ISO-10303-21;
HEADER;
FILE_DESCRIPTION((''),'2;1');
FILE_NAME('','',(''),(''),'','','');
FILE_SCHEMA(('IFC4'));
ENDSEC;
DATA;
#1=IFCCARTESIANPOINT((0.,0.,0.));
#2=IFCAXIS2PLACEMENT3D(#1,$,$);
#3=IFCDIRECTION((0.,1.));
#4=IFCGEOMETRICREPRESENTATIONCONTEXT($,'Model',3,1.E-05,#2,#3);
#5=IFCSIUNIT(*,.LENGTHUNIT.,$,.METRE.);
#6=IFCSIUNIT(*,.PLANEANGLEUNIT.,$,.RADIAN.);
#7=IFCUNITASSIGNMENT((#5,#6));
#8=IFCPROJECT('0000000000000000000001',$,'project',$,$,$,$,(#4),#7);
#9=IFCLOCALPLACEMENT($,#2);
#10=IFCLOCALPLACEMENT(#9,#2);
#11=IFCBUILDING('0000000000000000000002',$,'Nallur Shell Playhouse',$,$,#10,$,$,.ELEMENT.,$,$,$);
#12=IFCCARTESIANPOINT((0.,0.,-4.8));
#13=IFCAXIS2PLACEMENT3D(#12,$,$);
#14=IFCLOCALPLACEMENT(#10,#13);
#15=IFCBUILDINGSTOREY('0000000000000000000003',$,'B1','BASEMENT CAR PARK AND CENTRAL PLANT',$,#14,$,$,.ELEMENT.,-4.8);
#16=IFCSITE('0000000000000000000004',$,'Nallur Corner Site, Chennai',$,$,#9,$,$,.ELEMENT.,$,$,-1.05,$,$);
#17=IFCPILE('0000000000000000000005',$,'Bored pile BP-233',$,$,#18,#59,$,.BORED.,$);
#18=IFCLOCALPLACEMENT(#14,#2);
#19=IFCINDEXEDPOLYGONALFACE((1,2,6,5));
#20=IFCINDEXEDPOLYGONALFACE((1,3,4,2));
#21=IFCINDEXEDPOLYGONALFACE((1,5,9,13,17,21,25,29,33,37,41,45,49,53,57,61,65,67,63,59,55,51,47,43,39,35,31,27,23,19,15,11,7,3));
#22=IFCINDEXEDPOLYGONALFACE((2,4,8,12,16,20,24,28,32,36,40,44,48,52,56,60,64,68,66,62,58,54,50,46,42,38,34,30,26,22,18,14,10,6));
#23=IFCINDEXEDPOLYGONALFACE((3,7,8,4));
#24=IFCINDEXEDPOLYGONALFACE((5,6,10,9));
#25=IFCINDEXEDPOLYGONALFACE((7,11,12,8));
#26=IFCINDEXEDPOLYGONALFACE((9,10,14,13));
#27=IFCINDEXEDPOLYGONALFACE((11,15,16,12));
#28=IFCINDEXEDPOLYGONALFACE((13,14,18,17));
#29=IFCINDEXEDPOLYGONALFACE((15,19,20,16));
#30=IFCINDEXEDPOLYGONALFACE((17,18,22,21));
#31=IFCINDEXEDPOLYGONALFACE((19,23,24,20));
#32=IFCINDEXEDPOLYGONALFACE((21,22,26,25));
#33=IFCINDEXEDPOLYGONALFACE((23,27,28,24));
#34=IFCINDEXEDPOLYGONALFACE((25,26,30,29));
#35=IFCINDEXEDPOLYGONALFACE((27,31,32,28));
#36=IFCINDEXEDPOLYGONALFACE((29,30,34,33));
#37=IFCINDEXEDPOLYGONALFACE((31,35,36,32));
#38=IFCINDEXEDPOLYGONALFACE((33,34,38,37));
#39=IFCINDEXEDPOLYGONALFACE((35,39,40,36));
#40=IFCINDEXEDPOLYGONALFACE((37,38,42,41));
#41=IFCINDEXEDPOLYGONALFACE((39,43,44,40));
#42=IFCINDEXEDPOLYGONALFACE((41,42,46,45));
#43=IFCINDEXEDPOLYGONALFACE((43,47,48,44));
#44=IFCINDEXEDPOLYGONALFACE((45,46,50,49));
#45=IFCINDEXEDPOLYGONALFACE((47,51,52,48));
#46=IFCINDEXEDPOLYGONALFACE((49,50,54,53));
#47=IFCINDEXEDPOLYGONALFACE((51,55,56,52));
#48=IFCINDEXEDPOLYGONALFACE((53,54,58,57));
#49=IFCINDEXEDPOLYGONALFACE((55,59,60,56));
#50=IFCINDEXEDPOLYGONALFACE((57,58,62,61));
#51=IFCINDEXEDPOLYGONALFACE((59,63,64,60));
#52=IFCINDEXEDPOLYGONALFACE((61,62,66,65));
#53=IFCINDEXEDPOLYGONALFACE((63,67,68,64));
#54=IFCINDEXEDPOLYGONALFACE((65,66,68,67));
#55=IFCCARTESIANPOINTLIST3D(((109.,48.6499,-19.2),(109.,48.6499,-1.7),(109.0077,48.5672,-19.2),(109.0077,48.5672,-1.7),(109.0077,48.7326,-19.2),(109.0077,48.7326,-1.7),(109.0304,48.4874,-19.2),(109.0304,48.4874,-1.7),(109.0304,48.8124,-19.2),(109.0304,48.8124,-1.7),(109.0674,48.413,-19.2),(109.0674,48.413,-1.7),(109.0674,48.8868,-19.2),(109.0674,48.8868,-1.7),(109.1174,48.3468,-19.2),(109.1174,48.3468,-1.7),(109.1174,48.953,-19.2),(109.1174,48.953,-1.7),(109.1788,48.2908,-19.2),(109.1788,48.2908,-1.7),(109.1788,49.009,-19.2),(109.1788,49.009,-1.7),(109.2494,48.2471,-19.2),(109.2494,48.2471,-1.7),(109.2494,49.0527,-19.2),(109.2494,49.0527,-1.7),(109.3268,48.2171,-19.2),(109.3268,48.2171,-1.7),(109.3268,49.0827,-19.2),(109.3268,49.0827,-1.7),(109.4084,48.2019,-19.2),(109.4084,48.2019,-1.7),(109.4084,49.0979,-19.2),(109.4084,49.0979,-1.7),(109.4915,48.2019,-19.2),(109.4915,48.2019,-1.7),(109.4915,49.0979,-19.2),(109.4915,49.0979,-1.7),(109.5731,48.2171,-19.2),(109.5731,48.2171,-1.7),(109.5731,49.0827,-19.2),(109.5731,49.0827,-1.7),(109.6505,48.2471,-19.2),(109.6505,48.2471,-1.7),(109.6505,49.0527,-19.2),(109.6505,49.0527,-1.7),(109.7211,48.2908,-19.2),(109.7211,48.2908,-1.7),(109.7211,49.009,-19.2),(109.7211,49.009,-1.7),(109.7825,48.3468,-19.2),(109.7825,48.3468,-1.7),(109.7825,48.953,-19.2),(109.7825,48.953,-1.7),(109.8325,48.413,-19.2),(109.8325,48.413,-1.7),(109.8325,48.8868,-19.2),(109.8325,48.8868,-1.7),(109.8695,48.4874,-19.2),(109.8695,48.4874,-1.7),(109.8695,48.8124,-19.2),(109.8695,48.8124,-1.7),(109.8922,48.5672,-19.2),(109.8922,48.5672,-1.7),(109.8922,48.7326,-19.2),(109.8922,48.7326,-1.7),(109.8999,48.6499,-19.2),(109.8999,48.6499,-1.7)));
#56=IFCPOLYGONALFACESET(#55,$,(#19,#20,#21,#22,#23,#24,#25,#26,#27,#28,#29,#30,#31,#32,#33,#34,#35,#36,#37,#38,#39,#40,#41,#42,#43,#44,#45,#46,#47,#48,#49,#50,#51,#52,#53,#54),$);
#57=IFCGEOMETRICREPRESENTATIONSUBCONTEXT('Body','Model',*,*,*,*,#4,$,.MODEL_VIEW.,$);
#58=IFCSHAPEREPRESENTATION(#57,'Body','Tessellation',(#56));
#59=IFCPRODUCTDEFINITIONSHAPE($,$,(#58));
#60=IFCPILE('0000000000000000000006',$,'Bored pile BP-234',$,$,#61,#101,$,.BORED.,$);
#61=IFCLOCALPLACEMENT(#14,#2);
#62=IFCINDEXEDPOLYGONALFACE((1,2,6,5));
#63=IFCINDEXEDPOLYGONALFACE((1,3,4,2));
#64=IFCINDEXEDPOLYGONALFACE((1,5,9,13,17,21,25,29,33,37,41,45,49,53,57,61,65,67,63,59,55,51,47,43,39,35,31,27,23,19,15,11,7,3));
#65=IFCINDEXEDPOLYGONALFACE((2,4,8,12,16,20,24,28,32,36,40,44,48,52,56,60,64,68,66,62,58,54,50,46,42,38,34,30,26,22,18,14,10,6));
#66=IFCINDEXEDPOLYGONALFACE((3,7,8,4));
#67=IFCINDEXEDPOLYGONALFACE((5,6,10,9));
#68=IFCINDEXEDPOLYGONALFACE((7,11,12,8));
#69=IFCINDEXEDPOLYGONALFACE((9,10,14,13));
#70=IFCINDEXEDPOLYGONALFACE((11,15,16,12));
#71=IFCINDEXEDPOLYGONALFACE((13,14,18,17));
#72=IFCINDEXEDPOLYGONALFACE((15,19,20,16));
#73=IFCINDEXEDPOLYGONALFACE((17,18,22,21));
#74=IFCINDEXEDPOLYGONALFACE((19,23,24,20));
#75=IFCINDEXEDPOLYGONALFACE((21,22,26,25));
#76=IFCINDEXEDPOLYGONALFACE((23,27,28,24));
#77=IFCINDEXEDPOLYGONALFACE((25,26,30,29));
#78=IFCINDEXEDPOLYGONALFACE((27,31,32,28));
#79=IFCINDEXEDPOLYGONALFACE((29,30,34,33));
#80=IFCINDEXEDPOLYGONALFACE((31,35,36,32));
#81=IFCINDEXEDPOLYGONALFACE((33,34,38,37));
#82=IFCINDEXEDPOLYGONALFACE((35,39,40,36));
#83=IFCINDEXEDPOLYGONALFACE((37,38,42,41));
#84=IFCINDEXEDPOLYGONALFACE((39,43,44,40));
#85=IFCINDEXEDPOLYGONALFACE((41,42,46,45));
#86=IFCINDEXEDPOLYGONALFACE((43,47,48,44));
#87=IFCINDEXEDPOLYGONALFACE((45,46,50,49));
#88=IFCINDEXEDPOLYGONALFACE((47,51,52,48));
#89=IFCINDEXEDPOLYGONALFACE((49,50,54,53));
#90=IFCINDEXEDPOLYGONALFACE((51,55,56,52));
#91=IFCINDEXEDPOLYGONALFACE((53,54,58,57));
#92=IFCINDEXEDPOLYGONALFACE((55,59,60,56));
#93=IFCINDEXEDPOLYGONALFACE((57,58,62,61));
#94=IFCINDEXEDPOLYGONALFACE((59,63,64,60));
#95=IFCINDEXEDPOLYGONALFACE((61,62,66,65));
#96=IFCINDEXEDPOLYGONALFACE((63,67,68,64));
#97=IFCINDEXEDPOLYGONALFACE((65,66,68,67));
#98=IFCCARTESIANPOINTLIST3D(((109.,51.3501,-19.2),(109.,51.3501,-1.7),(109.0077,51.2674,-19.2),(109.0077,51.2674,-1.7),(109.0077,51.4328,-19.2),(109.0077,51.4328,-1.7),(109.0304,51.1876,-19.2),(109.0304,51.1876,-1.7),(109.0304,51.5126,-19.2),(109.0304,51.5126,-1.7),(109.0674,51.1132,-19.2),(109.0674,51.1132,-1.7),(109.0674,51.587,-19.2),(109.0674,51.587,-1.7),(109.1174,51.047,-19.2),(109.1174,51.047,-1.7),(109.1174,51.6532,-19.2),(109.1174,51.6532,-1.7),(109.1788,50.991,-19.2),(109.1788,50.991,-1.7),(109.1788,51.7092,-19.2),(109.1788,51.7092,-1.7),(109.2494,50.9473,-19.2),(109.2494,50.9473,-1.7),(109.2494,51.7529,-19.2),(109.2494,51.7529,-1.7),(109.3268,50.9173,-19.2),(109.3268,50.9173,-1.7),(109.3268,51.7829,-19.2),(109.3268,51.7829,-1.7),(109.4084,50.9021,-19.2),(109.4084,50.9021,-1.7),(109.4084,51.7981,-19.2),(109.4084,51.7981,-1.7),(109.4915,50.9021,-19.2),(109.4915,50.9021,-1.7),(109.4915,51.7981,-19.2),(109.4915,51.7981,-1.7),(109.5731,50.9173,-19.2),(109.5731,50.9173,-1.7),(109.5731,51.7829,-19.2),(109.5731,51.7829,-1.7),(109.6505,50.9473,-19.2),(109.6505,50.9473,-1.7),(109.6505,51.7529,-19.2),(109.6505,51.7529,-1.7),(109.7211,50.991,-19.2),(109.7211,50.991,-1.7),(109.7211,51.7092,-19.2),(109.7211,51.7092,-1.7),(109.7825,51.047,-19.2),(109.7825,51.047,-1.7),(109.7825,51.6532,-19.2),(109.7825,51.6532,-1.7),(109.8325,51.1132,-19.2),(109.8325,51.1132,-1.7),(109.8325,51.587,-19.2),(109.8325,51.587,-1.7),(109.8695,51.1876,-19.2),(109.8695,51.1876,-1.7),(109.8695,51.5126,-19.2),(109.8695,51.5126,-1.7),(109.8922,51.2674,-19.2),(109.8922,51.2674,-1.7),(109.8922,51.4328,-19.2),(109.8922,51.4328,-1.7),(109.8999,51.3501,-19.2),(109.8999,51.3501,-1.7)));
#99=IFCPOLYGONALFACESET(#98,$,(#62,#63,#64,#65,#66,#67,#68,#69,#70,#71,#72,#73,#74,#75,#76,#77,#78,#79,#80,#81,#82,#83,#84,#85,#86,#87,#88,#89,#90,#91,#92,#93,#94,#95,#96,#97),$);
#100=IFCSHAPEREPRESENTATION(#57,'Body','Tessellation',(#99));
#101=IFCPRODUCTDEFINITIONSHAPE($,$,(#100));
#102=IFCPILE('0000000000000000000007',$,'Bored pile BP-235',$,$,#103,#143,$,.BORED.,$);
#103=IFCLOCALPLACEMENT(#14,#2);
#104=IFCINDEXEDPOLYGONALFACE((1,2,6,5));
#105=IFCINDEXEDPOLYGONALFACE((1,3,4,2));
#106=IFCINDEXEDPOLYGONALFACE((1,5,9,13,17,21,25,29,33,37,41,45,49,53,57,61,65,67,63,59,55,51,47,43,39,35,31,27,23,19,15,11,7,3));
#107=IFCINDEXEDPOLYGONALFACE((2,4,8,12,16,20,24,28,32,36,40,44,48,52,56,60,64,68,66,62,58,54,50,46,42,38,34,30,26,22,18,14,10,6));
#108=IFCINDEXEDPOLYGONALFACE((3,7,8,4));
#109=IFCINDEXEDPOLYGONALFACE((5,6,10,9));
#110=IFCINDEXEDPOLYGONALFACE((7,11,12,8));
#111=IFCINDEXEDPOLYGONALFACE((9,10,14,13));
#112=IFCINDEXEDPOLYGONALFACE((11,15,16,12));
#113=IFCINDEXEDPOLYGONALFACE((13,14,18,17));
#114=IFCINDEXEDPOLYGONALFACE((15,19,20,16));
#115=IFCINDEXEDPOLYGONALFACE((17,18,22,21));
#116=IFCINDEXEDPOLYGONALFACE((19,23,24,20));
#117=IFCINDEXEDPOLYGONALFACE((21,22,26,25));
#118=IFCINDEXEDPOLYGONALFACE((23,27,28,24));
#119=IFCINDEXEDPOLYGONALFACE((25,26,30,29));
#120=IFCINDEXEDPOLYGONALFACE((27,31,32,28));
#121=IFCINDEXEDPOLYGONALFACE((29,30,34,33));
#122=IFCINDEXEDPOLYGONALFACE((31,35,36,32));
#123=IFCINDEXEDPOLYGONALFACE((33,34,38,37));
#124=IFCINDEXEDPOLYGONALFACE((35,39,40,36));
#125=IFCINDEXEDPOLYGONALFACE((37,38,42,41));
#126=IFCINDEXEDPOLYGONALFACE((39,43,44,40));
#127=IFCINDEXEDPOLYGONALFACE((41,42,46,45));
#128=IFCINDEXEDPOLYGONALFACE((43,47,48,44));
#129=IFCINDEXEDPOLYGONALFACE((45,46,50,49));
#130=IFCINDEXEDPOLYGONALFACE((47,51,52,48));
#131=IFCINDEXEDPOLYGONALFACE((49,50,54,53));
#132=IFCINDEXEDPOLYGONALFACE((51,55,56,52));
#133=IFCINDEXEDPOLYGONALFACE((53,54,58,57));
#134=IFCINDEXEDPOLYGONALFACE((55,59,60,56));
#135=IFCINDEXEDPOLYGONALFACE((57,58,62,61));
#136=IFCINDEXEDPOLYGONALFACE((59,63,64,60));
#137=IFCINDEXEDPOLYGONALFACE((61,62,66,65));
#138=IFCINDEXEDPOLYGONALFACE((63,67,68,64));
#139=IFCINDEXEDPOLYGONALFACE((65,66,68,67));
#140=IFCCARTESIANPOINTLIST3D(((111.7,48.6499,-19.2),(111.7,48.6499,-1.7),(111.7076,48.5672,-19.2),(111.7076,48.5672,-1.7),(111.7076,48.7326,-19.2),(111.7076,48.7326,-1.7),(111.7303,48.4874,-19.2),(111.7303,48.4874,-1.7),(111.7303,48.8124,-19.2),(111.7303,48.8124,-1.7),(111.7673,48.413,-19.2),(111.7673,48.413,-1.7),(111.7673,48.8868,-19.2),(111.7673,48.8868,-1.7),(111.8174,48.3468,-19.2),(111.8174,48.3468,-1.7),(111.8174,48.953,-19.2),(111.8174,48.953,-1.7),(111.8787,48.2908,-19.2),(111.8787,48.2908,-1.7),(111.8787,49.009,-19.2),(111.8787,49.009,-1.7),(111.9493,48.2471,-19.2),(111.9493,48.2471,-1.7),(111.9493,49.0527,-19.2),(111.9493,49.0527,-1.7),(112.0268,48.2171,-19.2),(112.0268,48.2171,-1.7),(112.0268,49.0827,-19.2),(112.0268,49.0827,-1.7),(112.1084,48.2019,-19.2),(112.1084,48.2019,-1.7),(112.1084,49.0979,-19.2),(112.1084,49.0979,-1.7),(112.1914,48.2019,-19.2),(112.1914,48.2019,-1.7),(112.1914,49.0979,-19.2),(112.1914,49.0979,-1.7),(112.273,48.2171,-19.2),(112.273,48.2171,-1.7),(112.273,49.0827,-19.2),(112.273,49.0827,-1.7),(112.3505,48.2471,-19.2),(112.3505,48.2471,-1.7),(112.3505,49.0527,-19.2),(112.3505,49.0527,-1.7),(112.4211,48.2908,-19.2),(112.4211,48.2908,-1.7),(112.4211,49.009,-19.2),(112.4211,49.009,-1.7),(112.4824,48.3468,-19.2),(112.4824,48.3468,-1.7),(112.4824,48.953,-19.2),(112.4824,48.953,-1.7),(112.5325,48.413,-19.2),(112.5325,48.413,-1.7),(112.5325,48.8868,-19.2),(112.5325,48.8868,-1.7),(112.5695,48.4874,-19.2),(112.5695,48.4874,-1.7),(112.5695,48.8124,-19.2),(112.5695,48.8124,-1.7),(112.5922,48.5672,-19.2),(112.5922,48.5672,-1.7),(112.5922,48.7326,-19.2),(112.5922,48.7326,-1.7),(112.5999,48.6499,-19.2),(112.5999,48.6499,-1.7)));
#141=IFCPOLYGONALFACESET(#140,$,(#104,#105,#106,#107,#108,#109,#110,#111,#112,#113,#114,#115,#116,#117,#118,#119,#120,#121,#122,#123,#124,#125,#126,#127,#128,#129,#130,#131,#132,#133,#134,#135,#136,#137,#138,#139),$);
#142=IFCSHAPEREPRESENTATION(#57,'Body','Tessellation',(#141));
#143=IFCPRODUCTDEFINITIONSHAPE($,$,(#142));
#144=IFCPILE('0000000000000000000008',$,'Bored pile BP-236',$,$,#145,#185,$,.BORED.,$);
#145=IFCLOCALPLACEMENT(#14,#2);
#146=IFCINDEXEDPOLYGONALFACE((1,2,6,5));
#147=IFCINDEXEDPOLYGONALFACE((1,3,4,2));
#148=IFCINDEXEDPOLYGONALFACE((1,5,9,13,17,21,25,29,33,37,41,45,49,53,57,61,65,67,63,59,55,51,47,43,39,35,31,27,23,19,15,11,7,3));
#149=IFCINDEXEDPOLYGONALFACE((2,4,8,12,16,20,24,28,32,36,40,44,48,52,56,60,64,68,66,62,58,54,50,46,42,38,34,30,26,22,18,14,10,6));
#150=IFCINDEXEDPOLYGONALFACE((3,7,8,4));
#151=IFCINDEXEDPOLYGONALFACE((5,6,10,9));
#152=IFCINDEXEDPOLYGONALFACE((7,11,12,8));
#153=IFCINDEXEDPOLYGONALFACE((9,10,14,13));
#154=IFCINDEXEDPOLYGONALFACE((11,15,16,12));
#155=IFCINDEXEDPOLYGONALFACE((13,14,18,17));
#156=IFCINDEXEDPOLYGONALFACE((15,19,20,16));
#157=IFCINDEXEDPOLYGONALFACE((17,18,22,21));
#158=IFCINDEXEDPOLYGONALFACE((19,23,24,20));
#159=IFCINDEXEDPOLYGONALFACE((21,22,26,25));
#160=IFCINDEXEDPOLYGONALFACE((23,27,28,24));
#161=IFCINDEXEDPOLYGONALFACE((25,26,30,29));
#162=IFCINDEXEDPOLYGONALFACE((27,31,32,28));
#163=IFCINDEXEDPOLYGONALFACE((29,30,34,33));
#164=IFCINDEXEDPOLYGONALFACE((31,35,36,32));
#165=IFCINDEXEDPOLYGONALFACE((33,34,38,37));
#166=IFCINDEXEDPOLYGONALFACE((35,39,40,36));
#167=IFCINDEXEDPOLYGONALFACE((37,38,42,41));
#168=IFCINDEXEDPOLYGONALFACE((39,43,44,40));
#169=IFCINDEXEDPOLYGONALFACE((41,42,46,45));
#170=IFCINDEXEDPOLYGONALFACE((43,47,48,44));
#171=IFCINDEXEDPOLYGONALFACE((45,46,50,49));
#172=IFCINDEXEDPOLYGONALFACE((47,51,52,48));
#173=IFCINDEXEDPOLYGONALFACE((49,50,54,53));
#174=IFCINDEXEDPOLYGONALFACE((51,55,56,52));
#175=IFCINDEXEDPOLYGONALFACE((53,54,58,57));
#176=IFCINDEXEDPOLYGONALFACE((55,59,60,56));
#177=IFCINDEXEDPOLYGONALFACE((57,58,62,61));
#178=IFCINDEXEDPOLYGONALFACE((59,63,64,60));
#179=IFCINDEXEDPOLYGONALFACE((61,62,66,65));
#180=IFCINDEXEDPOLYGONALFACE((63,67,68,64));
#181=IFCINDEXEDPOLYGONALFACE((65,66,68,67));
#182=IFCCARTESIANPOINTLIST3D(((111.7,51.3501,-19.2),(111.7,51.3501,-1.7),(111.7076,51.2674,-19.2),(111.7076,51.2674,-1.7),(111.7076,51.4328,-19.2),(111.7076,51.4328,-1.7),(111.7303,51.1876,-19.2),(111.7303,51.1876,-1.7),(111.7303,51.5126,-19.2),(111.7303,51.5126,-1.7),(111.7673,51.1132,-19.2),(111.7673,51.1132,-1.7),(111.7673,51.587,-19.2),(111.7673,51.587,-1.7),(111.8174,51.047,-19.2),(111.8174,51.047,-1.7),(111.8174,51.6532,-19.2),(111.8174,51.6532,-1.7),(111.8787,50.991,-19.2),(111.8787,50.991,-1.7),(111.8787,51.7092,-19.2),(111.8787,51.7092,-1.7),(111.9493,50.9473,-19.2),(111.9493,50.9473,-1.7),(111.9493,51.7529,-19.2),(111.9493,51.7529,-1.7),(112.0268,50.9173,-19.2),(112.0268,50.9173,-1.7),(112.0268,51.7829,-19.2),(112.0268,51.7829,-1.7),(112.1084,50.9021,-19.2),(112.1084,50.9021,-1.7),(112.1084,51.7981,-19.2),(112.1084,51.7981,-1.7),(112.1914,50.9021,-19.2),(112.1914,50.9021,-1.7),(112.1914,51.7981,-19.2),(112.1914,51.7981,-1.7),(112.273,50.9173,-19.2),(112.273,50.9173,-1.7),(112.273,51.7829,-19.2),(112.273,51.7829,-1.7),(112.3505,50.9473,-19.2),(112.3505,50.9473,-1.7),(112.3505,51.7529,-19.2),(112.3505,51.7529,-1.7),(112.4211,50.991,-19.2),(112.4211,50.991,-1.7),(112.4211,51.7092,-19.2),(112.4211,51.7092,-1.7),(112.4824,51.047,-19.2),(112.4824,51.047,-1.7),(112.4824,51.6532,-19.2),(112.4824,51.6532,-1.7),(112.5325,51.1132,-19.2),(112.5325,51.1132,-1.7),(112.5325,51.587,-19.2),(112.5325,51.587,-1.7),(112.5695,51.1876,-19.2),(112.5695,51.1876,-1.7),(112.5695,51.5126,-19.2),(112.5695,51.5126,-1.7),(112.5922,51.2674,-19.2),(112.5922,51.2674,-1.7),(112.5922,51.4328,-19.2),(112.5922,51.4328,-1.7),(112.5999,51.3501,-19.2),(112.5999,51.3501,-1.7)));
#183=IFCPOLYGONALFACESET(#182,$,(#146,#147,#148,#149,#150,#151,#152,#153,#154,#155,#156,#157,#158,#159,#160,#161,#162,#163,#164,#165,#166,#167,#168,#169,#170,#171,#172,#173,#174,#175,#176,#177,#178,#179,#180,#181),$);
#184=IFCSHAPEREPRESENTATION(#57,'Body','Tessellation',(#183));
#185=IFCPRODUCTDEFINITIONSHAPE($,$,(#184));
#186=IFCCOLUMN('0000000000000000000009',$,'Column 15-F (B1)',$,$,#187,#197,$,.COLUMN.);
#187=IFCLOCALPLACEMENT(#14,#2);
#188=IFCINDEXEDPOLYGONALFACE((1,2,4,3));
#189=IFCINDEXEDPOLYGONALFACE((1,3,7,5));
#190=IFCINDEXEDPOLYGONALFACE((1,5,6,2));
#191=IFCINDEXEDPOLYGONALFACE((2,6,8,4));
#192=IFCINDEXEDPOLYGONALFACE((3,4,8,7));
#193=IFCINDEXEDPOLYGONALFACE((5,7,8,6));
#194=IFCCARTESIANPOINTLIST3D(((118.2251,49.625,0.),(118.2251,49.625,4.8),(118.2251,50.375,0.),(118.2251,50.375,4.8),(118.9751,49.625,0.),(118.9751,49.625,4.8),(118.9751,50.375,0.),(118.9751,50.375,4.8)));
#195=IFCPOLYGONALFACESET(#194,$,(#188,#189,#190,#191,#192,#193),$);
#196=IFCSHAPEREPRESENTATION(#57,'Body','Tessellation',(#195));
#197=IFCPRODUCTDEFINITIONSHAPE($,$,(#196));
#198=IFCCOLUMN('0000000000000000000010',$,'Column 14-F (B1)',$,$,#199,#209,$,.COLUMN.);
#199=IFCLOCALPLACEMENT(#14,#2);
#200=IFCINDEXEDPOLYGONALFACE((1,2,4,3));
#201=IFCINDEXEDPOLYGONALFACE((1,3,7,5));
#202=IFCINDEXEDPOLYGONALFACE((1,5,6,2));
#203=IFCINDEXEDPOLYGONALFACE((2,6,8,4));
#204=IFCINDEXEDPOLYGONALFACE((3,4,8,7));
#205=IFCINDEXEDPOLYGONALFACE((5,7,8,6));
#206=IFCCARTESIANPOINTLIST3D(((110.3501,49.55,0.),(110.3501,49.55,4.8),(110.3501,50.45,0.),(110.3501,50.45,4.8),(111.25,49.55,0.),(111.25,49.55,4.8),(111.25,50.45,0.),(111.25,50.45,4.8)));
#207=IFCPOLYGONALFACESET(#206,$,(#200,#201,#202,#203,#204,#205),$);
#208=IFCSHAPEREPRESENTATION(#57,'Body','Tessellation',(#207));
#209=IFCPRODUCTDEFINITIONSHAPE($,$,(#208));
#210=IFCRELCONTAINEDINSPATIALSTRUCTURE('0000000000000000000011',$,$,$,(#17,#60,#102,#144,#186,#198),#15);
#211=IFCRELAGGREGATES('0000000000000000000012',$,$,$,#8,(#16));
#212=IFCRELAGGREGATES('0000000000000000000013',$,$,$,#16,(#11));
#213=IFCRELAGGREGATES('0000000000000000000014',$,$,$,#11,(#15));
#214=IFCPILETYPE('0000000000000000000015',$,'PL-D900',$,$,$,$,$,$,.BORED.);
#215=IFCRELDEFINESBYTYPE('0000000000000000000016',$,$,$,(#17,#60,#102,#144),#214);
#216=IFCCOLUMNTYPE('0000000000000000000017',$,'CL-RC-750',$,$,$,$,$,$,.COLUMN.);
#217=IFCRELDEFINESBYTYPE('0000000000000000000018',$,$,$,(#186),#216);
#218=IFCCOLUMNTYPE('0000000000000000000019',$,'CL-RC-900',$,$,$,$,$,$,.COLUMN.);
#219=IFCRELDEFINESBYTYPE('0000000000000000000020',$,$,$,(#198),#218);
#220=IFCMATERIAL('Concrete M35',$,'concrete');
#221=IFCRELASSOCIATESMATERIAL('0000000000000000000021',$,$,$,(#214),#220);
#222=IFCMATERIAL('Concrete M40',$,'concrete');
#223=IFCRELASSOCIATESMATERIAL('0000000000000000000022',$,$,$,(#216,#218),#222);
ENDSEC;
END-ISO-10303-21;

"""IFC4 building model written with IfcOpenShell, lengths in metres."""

from ifc_helpers import new_model, si_unit, direction, frame, origin, origin_2d, place, context, subcontext, project, spatial, rectangle, circle, extrude, material, material_profile, profile_set, type_object, element, save


model = new_model("IFC4")

# Units and contexts
model_context = context("Model", 3, precision=1e-05, world=origin(), true_north=direction((0.0, 1.0)))
body_context = subcontext(model_context, "Body", "Model", "MODEL_VIEW")
ifc_project = project(units=[si_unit("LENGTHUNIT", "METRE"), si_unit("PLANEANGLEUNIT", "RADIAN")], contexts=[model_context])

# Site, building, storey
site_placement = place(None, origin())
site = spatial("IfcSite", under=ifc_project, at=site_placement, Name="Nallur Corner Site, Chennai", CompositionType="ELEMENT", RefElevation=-1.05)
building_placement = place(site_placement, origin())
building = spatial("IfcBuilding", under=site, at=building_placement, Name="Nallur Shell Playhouse", CompositionType="ELEMENT")
storey_placement = place(building_placement, frame((0.0, 0.0, -4.8)))
storey = spatial("IfcBuildingStorey", under=building, at=storey_placement, Name="B1", Description="BASEMENT CAR PARK AND CENTRAL PLANT", CompositionType="ELEMENT", Elevation=-4.8)

# Shared definitions
ifc_material_1 = material(Name="Concrete M35", Category="concrete")

# Piles
ifc_material_profile_1 = material_profile(ifc_material_1, circle(Radius=0.45, at=origin_2d()), Name="BORED PILE D900")
ifc_profile_set_1 = profile_set([ifc_material_profile_1], Name="Concrete M35")
pile_type_1 = type_object("IfcPileType", Name="PL-D900", PredefinedType="BORED", material=ifc_profile_set_1)
for number, where, z_axis, x_axis, name in (
    (1, (109.45, 48.6499, -1.7), (0.0, 0.0, -1.0), (1.0, 0.0, 0.0), "Bored pile BP-233"),
    (2, (109.45, 51.3501, -1.7), (0.0, 0.0, -1.0), (1.0, 0.0, 0.0), "Bored pile BP-234"),
    (3, (112.1499, 48.6499, -1.7), (0.0, 0.0, -1.0), (1.0, 0.0, 0.0), "Bored pile BP-235"),
    (4, (112.1499, 51.3501, -1.7), (0.0, 0.0, -1.0), (1.0, 0.0, 0.0), "Bored pile BP-236"),
):
    element("IfcPile", number, at=place(storey_placement, frame(where, z_axis=z_axis, x_axis=x_axis)), inside=storey, type_object=pile_type_1, Name=name, PredefinedType="BORED", context=body_context, shape_type="SweptSolid", body=[
        extrude(circle(Radius=0.45, at=origin_2d()), origin(), (0.0, 0.0, 1.0), 17.5),
    ])

# Columns
ifc_material_2 = material(Name="Concrete M40", Category="concrete")
ifc_material_profile_2 = material_profile(ifc_material_2, rectangle(XDim=0.75, YDim=0.75, at=origin_2d()), Name="RC 750x750")
ifc_profile_set_2 = profile_set([ifc_material_profile_2], Name="Concrete M40")
column_type_1 = type_object("IfcColumnType", Name="CL-RC-750", PredefinedType="COLUMN", material=ifc_profile_set_2)
column_1_placement = place(storey_placement, frame((118.6001, 50.0, 0.0), z_axis=(0.0, 0.0, 1.0), x_axis=(1.0, 0.0, 0.0)))
element("IfcColumn", 5, at=column_1_placement, inside=storey, type_object=column_type_1, Name="Column 15-F (B1)", PredefinedType="COLUMN", context=body_context, shape_type="SweptSolid", body=[
    extrude(rectangle(XDim=0.75, YDim=0.75, at=origin_2d()), origin(), (0.0, 0.0, 1.0), 4.8),
])
ifc_material_profile_3 = material_profile(ifc_material_2, rectangle(XDim=0.8999, YDim=0.8999, at=origin_2d()), Name="RC 900x900")
ifc_profile_set_3 = profile_set([ifc_material_profile_3], Name="Concrete M40")
column_type_2 = type_object("IfcColumnType", Name="CL-RC-900", PredefinedType="COLUMN", material=ifc_profile_set_3)
column_2_placement = place(storey_placement, frame((110.8, 50.0, 0.0), z_axis=(0.0, 0.0, 1.0), x_axis=(1.0, 0.0, 0.0)))
element("IfcColumn", 6, at=column_2_placement, inside=storey, type_object=column_type_2, Name="Column 14-F (B1)", PredefinedType="COLUMN", context=body_context, shape_type="SweptSolid", body=[
    extrude(rectangle(XDim=0.8999, YDim=0.8999, at=origin_2d()), origin(), (0.0, 0.0, 1.0), 4.8),
])

save(model, "model.ifc")
